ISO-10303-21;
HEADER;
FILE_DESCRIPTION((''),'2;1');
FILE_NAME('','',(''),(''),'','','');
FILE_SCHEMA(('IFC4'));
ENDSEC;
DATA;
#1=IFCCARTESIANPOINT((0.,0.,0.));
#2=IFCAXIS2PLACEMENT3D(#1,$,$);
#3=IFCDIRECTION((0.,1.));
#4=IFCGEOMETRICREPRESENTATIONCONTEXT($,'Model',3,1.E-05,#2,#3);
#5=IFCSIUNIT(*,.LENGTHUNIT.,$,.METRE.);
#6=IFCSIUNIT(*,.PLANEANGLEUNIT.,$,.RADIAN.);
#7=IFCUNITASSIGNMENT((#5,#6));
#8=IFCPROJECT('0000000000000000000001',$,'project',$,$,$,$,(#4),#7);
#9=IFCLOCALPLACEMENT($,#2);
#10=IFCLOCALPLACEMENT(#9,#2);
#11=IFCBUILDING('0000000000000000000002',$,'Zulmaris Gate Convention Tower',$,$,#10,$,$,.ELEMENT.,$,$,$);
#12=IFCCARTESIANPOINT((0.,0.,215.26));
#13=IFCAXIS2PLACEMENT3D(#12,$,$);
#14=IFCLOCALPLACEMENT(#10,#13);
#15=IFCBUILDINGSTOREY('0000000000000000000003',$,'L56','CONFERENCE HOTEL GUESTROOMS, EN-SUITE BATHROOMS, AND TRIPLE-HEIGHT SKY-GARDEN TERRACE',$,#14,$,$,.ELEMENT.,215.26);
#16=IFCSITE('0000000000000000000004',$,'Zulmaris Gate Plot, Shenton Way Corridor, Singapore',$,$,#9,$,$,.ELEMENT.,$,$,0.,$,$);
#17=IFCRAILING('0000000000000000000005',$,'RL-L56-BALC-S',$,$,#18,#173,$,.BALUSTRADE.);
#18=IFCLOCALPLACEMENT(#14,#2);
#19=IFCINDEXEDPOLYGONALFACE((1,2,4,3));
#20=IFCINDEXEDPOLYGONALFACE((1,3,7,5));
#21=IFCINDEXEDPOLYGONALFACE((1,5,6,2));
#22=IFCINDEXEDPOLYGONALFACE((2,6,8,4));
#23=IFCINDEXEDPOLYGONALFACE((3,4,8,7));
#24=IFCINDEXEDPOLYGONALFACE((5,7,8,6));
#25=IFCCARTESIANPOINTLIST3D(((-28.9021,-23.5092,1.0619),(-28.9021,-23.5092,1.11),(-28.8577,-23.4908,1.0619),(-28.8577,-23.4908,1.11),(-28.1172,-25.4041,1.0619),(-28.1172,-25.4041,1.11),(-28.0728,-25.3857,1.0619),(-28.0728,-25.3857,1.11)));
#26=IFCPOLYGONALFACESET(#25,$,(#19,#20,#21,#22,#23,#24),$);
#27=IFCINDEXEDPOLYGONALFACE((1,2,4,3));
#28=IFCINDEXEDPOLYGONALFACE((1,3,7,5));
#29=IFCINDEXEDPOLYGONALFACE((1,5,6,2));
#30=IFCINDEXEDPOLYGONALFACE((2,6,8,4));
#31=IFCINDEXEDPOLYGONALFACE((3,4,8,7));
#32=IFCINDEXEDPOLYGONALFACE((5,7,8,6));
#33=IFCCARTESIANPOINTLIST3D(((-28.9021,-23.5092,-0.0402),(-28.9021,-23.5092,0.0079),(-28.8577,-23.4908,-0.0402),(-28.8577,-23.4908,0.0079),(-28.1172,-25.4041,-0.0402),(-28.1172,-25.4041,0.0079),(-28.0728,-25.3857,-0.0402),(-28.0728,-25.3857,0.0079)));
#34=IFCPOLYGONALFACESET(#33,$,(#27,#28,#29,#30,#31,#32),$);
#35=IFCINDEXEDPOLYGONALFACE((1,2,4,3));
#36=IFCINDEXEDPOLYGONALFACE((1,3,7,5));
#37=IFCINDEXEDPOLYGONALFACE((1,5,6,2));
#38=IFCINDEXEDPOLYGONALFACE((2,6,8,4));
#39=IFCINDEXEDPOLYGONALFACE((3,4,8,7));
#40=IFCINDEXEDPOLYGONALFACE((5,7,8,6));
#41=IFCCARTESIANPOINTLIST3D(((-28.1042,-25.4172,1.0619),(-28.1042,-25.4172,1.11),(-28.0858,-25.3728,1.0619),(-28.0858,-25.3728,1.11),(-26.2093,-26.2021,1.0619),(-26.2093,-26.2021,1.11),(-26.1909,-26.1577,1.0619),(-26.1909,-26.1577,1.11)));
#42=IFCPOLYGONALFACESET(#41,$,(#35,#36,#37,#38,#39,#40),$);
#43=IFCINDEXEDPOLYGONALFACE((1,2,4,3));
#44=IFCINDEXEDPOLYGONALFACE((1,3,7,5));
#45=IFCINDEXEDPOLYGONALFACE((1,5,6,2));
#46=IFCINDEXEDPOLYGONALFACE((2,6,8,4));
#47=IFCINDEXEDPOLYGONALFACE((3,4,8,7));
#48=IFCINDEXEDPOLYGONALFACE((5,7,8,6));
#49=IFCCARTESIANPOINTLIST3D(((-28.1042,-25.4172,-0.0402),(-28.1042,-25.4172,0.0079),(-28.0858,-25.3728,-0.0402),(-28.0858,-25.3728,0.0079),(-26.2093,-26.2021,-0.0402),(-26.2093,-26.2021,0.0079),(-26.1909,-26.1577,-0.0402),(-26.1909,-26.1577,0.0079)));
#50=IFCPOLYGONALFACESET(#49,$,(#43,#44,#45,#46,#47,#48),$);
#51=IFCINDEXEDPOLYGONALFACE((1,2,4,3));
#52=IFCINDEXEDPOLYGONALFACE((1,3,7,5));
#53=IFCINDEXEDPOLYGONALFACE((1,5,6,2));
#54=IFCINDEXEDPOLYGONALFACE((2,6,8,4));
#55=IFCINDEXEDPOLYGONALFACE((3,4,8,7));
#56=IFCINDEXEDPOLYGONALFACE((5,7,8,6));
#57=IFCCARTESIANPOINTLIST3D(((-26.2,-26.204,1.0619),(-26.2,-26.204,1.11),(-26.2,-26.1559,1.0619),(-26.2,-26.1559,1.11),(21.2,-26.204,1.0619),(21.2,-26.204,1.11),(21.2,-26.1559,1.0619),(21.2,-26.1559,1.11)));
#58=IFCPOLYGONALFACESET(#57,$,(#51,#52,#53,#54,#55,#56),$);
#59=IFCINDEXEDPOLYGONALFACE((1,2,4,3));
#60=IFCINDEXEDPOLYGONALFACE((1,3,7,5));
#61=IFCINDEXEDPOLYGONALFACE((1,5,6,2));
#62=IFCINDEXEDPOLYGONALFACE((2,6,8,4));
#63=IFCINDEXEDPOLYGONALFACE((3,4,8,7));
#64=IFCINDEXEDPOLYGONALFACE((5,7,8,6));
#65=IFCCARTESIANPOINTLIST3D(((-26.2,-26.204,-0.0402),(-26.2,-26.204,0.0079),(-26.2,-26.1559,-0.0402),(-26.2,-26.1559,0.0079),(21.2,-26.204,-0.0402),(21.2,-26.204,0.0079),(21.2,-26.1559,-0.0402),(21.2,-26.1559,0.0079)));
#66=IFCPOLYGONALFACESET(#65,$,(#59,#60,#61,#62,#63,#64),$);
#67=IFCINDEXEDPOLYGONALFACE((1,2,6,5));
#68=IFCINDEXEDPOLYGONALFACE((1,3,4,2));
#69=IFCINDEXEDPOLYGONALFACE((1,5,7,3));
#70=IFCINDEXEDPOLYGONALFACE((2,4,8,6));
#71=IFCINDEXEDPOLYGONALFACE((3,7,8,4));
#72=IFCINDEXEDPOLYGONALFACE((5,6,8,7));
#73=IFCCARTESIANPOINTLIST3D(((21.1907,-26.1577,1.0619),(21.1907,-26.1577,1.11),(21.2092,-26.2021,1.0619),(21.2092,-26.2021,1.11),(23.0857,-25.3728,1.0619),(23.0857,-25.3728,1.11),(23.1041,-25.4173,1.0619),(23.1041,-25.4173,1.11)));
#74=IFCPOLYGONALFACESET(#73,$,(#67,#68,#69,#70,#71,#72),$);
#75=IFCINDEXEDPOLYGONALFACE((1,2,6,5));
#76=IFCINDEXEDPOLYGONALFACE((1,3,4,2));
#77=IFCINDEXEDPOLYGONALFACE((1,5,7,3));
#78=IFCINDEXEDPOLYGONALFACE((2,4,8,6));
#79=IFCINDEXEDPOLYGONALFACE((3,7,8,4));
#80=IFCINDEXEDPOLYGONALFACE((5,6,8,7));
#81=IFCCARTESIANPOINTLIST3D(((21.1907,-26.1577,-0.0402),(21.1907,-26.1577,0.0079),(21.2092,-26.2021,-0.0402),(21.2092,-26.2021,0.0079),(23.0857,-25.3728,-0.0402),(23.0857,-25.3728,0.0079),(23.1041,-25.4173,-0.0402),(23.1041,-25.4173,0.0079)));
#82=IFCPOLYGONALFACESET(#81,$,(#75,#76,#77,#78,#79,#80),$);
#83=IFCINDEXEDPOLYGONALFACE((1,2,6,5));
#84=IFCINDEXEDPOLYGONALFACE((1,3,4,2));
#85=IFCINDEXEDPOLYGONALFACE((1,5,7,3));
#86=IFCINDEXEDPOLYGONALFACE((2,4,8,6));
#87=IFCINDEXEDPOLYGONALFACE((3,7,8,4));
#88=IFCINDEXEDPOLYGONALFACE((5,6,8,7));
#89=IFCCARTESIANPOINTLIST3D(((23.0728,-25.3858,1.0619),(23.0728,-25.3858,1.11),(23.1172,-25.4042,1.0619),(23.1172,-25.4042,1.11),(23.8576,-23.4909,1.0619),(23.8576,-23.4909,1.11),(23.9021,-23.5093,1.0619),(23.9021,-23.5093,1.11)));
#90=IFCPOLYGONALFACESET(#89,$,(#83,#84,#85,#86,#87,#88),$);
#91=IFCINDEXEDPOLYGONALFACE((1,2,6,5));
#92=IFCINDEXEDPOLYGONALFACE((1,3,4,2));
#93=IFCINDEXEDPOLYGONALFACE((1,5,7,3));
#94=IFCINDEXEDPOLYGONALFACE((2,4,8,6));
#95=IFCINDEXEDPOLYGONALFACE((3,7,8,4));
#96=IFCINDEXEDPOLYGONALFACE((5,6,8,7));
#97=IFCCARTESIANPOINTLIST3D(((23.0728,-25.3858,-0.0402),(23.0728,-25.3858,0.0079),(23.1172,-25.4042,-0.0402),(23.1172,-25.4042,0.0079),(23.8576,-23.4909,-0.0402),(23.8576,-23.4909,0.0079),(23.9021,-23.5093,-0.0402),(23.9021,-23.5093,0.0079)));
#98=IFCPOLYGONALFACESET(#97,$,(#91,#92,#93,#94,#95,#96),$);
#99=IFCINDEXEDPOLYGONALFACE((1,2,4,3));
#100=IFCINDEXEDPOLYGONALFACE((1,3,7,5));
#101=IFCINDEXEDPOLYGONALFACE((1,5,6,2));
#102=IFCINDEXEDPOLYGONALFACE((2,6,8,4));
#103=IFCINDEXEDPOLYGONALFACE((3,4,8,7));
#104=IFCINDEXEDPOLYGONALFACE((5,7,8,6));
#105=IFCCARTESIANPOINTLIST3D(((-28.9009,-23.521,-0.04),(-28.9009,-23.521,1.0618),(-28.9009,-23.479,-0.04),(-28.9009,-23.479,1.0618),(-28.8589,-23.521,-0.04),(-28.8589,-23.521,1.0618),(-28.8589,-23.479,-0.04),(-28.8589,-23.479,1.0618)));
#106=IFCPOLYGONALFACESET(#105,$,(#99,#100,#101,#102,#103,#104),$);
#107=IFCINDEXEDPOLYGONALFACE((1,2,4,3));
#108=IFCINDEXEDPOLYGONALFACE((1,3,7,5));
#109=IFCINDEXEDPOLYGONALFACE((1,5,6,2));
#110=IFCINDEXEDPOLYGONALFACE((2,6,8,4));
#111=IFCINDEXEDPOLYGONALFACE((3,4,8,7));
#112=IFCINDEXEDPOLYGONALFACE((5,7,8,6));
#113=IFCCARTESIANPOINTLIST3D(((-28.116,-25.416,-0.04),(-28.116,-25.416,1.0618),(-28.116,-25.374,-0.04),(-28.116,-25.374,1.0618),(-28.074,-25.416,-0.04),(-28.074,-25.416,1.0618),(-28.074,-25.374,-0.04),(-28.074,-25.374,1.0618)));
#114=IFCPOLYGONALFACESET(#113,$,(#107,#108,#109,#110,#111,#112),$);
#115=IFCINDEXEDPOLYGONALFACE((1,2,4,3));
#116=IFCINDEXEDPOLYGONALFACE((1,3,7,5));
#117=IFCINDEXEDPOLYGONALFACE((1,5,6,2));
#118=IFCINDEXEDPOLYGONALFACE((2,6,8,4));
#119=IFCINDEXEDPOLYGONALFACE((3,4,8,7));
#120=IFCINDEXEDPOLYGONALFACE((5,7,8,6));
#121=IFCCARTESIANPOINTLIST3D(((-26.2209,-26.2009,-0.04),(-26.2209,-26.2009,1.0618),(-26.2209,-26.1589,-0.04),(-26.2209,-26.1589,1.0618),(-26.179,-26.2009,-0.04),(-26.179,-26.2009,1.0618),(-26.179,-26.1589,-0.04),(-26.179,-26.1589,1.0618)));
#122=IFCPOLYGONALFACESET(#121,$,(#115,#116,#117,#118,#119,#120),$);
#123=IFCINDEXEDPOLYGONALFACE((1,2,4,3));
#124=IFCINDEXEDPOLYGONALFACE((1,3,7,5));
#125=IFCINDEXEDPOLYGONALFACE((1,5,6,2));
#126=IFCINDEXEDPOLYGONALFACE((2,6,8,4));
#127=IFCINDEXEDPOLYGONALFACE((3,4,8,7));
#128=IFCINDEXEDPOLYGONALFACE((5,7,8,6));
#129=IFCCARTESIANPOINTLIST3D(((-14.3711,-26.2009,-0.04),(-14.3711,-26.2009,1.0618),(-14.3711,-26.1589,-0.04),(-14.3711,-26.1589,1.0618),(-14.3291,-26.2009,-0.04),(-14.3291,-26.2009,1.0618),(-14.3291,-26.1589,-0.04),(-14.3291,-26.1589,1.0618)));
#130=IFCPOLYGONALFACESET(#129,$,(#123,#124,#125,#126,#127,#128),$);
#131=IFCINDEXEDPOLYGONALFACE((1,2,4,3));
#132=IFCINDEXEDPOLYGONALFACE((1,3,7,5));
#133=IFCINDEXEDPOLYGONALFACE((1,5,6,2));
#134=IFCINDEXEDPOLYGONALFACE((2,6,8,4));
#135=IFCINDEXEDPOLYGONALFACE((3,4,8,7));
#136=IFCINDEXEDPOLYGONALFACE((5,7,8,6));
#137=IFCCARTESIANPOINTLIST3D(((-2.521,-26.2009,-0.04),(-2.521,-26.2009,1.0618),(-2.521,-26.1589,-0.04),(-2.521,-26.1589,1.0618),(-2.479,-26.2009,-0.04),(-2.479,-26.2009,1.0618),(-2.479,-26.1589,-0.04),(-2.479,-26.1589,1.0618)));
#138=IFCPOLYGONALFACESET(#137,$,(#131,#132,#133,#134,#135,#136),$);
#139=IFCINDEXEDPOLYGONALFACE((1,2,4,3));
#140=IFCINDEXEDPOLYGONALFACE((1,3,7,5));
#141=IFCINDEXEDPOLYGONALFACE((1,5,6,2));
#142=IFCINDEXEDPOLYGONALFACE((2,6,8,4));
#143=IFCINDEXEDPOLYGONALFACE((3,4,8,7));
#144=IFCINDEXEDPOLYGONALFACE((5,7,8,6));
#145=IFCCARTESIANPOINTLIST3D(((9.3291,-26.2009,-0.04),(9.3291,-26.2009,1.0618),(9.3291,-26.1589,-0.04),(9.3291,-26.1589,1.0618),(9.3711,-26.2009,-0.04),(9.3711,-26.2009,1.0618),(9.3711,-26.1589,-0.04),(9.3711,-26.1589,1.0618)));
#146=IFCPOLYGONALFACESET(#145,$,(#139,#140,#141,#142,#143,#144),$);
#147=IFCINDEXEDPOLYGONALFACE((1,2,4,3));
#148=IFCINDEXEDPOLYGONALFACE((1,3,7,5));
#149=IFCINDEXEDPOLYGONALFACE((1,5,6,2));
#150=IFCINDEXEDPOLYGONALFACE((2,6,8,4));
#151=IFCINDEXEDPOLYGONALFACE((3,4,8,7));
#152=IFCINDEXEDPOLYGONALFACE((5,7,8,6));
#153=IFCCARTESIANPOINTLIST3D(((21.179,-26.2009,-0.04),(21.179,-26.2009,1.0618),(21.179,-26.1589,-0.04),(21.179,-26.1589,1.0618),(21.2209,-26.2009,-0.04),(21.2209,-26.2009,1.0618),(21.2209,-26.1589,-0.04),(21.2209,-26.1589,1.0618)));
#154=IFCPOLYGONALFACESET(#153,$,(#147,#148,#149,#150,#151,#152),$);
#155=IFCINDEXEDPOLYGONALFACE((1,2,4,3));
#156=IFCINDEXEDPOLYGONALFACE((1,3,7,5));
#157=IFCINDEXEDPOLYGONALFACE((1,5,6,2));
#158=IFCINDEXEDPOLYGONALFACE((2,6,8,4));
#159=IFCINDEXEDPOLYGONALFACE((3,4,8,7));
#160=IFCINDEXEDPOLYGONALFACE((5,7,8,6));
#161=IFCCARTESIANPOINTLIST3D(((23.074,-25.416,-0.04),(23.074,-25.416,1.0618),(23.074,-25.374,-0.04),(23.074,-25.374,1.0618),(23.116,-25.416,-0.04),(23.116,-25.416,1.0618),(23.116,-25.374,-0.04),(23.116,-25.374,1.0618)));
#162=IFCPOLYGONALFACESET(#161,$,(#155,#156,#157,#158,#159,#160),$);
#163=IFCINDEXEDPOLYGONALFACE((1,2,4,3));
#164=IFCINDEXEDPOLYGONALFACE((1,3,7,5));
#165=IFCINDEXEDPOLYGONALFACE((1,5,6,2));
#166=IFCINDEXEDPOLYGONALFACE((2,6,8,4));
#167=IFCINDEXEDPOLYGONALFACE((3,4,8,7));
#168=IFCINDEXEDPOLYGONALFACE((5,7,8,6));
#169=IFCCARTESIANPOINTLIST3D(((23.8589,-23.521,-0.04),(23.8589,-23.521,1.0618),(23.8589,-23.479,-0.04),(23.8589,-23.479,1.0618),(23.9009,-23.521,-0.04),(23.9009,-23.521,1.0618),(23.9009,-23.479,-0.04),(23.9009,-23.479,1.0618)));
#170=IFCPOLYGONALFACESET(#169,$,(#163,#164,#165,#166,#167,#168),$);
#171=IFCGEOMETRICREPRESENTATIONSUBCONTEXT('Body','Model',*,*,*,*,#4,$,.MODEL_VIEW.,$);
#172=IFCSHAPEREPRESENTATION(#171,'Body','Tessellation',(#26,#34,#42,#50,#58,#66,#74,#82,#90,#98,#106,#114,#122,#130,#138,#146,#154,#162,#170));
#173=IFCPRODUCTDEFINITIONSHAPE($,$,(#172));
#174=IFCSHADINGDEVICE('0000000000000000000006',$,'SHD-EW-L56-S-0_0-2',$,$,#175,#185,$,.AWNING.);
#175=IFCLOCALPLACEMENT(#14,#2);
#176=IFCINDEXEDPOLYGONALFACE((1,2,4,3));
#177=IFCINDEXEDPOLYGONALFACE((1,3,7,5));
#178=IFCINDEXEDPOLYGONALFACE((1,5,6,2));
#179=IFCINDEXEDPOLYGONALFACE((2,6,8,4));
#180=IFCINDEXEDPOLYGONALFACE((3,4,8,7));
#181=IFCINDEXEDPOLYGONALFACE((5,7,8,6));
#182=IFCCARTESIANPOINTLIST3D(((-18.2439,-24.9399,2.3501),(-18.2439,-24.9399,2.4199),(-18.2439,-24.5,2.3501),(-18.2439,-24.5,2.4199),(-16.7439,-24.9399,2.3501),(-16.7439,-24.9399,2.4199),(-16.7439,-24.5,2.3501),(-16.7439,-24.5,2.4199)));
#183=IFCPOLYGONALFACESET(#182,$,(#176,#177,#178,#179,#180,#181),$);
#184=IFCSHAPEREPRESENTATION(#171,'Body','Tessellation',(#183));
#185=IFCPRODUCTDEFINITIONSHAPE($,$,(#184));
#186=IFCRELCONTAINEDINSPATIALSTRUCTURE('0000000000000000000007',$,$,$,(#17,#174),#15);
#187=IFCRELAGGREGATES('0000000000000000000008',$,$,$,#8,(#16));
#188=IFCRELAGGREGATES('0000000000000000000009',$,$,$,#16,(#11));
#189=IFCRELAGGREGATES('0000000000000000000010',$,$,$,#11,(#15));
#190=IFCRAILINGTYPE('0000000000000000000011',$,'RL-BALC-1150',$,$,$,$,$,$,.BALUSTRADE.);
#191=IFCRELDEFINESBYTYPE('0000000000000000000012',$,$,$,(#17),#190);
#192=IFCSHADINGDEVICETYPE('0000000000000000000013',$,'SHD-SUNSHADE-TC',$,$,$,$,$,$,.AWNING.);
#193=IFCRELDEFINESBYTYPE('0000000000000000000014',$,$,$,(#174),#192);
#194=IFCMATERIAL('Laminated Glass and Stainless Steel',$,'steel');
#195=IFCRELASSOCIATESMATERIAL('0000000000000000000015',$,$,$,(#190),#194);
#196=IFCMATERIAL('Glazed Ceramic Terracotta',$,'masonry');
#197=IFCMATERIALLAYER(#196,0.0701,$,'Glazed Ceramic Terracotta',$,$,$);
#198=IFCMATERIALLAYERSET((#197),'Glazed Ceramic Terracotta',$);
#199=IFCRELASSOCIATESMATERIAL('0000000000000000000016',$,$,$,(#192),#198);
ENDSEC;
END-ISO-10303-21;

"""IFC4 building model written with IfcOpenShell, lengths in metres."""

from ifc_helpers import new_model, si_unit, direction, frame, frame_2d, origin, origin_2d, place, context, subcontext, project, spatial, rectangle, extrude, material, layer, layer_set, type_object, element, save


model = new_model("IFC4")

# Units and contexts
model_context = context("Model", 3, precision=1e-05, world=origin(), true_north=direction((0.0, 1.0)))
body_context = subcontext(model_context, "Body", "Model", "MODEL_VIEW")
ifc_project = project(units=[si_unit("LENGTHUNIT", "METRE"), si_unit("PLANEANGLEUNIT", "RADIAN")], contexts=[model_context])

# Site, building, storey
site_placement = place(None, origin())
site = spatial("IfcSite", under=ifc_project, at=site_placement, Name="Zulmaris Gate Plot, Shenton Way Corridor, Singapore", CompositionType="ELEMENT", RefElevation=0.0)
building_placement = place(site_placement, origin())
building = spatial("IfcBuilding", under=site, at=building_placement, Name="Zulmaris Gate Convention Tower", CompositionType="ELEMENT")
storey_placement = place(building_placement, frame((0.0, 0.0, 215.26)))
storey = spatial("IfcBuildingStorey", under=building, at=storey_placement, Name="L56", Description="CONFERENCE HOTEL GUESTROOMS, EN-SUITE BATHROOMS, AND TRIPLE-HEIGHT SKY-GARDEN TERRACE", CompositionType="ELEMENT", Elevation=215.26)

# Railing
ifc_material_1 = material(Name="Laminated Glass and Stainless Steel", Category="steel")
railing_type = type_object("IfcRailingType", Name="RL-BALC-1150", PredefinedType="BALUSTRADE", material=ifc_material_1)
railing_placement = place(storey_placement, frame((-28.8799, -23.5, -0.04)))
element("IfcRailing", 1, at=railing_placement, inside=storey, type_object=railing_type, Name="RL-L56-BALC-S", PredefinedType="BALUSTRADE", context=body_context, shape_type="SweptSolid", body=[
    extrude(rectangle(XDim=0.0481, YDim=0.0481, at=origin_2d()), frame((0.0, 0.0, 1.126), z_axis=(0.382671, -0.923885, 0.0), x_axis=(0.923885, 0.382671, 0.0)), (0.0, 0.0, 1.0), 2.051),
    extrude(rectangle(XDim=0.0481, YDim=0.0481, at=origin_2d()), frame((0.0, 0.0, 0.0239), z_axis=(0.382671, -0.923885, 0.0), x_axis=(0.923885, 0.382671, 0.0)), (0.0, 0.0, 1.0), 2.051),
    extrude(rectangle(XDim=0.0481, YDim=0.0481, at=origin_2d()), frame((0.7849, -1.895, 1.126), z_axis=(0.923885, -0.382671, 0.0), x_axis=(0.382671, 0.923885, 0.0)), (0.0, 0.0, 1.0), 2.051),
    extrude(rectangle(XDim=0.0481, YDim=0.0481, at=origin_2d()), frame((0.7849, -1.895, 0.0239), z_axis=(0.923885, -0.382671, 0.0), x_axis=(0.382671, 0.923885, 0.0)), (0.0, 0.0, 1.0), 2.051),
    extrude(rectangle(XDim=0.0481, YDim=0.0481, at=origin_2d()), frame((2.6799, -2.6799, 1.126), z_axis=(1.0, 0.0, 0.0), x_axis=(0.0, 1.0, 0.0)), (0.0, 0.0, 1.0), 47.3999),
    extrude(rectangle(XDim=0.0481, YDim=0.0481, at=origin_2d()), frame((2.6799, -2.6799, 0.0239), z_axis=(1.0, 0.0, 0.0), x_axis=(0.0, 1.0, 0.0)), (0.0, 0.0, 1.0), 47.3999),
    extrude(rectangle(XDim=0.0481, YDim=0.0481, at=origin_2d()), frame((50.0798, -2.6799, 1.126), z_axis=(0.923885, 0.382671, 0.0), x_axis=(-0.382671, 0.923885, 0.0)), (0.0, 0.0, 1.0), 2.051),
    extrude(rectangle(XDim=0.0481, YDim=0.0481, at=origin_2d()), frame((50.0798, -2.6799, 0.0239), z_axis=(0.923885, 0.382671, 0.0), x_axis=(-0.382671, 0.923885, 0.0)), (0.0, 0.0, 1.0), 2.051),
    extrude(rectangle(XDim=0.0481, YDim=0.0481, at=origin_2d()), frame((51.9749, -1.895, 1.126), z_axis=(0.382671, 0.923885, 0.0), x_axis=(-0.923885, 0.382671, 0.0)), (0.0, 0.0, 1.0), 2.051),
    extrude(rectangle(XDim=0.0481, YDim=0.0481, at=origin_2d()), frame((51.9749, -1.895, 0.0239), z_axis=(0.382671, 0.923885, 0.0), x_axis=(-0.923885, 0.382671, 0.0)), (0.0, 0.0, 1.0), 2.051),
    extrude(rectangle(XDim=0.042, YDim=0.042, at=origin_2d()), origin(), (0.0, 0.0, 1.0), 1.1018),
    extrude(rectangle(XDim=0.042, YDim=0.042, at=origin_2d()), frame((0.7849, -1.895, 0.0)), (0.0, 0.0, 1.0), 1.1018),
    extrude(rectangle(XDim=0.042, YDim=0.042, at=origin_2d()), frame((2.6799, -2.6799, 0.0)), (0.0, 0.0, 1.0), 1.1018),
    extrude(rectangle(XDim=0.042, YDim=0.042, at=origin_2d()), frame((14.5298, -2.6799, 0.0)), (0.0, 0.0, 1.0), 1.1018),
    extrude(rectangle(XDim=0.042, YDim=0.042, at=origin_2d()), frame((26.3799, -2.6799, 0.0)), (0.0, 0.0, 1.0), 1.1018),
    extrude(rectangle(XDim=0.042, YDim=0.042, at=origin_2d()), frame((38.23, -2.6799, 0.0)), (0.0, 0.0, 1.0), 1.1018),
    extrude(rectangle(XDim=0.042, YDim=0.042, at=origin_2d()), frame((50.0798, -2.6799, 0.0)), (0.0, 0.0, 1.0), 1.1018),
    extrude(rectangle(XDim=0.042, YDim=0.042, at=origin_2d()), frame((51.9749, -1.895, 0.0)), (0.0, 0.0, 1.0), 1.1018),
    extrude(rectangle(XDim=0.042, YDim=0.042, at=origin_2d()), frame((52.7598, 0.0, 0.0)), (0.0, 0.0, 1.0), 1.1018),
])

# Shading device
ifc_material_2 = material(Name="Glazed Ceramic Terracotta", Category="masonry")
ifc_layer_1 = layer(ifc_material_2, 0.0701, Name="Glazed Ceramic Terracotta")
ifc_layer_set_1 = layer_set([ifc_layer_1], Name="Glazed Ceramic Terracotta")
shading_device_type = type_object("IfcShadingDeviceType", Name="SHD-SUNSHADE-TC", PredefinedType="AWNING", material=ifc_layer_set_1)
shading_device_placement = place(storey_placement, frame((-18.2439, -24.72, 2.3501), z_axis=(0.0, 0.0, 1.0), x_axis=(1.0, 0.0, 0.0)))
element("IfcShadingDevice", 2, at=shading_device_placement, inside=storey, type_object=shading_device_type, Name="SHD-EW-L56-S-0_0-2", PredefinedType="AWNING", context=body_context, shape_type="SweptSolid", body=[
    extrude(rectangle(XDim=1.5, YDim=0.4399, at=frame_2d((0.75, 0.0))), origin(), (0.0, 0.0, 1.0), 0.0698),
])

save(model, "model.ifc")
